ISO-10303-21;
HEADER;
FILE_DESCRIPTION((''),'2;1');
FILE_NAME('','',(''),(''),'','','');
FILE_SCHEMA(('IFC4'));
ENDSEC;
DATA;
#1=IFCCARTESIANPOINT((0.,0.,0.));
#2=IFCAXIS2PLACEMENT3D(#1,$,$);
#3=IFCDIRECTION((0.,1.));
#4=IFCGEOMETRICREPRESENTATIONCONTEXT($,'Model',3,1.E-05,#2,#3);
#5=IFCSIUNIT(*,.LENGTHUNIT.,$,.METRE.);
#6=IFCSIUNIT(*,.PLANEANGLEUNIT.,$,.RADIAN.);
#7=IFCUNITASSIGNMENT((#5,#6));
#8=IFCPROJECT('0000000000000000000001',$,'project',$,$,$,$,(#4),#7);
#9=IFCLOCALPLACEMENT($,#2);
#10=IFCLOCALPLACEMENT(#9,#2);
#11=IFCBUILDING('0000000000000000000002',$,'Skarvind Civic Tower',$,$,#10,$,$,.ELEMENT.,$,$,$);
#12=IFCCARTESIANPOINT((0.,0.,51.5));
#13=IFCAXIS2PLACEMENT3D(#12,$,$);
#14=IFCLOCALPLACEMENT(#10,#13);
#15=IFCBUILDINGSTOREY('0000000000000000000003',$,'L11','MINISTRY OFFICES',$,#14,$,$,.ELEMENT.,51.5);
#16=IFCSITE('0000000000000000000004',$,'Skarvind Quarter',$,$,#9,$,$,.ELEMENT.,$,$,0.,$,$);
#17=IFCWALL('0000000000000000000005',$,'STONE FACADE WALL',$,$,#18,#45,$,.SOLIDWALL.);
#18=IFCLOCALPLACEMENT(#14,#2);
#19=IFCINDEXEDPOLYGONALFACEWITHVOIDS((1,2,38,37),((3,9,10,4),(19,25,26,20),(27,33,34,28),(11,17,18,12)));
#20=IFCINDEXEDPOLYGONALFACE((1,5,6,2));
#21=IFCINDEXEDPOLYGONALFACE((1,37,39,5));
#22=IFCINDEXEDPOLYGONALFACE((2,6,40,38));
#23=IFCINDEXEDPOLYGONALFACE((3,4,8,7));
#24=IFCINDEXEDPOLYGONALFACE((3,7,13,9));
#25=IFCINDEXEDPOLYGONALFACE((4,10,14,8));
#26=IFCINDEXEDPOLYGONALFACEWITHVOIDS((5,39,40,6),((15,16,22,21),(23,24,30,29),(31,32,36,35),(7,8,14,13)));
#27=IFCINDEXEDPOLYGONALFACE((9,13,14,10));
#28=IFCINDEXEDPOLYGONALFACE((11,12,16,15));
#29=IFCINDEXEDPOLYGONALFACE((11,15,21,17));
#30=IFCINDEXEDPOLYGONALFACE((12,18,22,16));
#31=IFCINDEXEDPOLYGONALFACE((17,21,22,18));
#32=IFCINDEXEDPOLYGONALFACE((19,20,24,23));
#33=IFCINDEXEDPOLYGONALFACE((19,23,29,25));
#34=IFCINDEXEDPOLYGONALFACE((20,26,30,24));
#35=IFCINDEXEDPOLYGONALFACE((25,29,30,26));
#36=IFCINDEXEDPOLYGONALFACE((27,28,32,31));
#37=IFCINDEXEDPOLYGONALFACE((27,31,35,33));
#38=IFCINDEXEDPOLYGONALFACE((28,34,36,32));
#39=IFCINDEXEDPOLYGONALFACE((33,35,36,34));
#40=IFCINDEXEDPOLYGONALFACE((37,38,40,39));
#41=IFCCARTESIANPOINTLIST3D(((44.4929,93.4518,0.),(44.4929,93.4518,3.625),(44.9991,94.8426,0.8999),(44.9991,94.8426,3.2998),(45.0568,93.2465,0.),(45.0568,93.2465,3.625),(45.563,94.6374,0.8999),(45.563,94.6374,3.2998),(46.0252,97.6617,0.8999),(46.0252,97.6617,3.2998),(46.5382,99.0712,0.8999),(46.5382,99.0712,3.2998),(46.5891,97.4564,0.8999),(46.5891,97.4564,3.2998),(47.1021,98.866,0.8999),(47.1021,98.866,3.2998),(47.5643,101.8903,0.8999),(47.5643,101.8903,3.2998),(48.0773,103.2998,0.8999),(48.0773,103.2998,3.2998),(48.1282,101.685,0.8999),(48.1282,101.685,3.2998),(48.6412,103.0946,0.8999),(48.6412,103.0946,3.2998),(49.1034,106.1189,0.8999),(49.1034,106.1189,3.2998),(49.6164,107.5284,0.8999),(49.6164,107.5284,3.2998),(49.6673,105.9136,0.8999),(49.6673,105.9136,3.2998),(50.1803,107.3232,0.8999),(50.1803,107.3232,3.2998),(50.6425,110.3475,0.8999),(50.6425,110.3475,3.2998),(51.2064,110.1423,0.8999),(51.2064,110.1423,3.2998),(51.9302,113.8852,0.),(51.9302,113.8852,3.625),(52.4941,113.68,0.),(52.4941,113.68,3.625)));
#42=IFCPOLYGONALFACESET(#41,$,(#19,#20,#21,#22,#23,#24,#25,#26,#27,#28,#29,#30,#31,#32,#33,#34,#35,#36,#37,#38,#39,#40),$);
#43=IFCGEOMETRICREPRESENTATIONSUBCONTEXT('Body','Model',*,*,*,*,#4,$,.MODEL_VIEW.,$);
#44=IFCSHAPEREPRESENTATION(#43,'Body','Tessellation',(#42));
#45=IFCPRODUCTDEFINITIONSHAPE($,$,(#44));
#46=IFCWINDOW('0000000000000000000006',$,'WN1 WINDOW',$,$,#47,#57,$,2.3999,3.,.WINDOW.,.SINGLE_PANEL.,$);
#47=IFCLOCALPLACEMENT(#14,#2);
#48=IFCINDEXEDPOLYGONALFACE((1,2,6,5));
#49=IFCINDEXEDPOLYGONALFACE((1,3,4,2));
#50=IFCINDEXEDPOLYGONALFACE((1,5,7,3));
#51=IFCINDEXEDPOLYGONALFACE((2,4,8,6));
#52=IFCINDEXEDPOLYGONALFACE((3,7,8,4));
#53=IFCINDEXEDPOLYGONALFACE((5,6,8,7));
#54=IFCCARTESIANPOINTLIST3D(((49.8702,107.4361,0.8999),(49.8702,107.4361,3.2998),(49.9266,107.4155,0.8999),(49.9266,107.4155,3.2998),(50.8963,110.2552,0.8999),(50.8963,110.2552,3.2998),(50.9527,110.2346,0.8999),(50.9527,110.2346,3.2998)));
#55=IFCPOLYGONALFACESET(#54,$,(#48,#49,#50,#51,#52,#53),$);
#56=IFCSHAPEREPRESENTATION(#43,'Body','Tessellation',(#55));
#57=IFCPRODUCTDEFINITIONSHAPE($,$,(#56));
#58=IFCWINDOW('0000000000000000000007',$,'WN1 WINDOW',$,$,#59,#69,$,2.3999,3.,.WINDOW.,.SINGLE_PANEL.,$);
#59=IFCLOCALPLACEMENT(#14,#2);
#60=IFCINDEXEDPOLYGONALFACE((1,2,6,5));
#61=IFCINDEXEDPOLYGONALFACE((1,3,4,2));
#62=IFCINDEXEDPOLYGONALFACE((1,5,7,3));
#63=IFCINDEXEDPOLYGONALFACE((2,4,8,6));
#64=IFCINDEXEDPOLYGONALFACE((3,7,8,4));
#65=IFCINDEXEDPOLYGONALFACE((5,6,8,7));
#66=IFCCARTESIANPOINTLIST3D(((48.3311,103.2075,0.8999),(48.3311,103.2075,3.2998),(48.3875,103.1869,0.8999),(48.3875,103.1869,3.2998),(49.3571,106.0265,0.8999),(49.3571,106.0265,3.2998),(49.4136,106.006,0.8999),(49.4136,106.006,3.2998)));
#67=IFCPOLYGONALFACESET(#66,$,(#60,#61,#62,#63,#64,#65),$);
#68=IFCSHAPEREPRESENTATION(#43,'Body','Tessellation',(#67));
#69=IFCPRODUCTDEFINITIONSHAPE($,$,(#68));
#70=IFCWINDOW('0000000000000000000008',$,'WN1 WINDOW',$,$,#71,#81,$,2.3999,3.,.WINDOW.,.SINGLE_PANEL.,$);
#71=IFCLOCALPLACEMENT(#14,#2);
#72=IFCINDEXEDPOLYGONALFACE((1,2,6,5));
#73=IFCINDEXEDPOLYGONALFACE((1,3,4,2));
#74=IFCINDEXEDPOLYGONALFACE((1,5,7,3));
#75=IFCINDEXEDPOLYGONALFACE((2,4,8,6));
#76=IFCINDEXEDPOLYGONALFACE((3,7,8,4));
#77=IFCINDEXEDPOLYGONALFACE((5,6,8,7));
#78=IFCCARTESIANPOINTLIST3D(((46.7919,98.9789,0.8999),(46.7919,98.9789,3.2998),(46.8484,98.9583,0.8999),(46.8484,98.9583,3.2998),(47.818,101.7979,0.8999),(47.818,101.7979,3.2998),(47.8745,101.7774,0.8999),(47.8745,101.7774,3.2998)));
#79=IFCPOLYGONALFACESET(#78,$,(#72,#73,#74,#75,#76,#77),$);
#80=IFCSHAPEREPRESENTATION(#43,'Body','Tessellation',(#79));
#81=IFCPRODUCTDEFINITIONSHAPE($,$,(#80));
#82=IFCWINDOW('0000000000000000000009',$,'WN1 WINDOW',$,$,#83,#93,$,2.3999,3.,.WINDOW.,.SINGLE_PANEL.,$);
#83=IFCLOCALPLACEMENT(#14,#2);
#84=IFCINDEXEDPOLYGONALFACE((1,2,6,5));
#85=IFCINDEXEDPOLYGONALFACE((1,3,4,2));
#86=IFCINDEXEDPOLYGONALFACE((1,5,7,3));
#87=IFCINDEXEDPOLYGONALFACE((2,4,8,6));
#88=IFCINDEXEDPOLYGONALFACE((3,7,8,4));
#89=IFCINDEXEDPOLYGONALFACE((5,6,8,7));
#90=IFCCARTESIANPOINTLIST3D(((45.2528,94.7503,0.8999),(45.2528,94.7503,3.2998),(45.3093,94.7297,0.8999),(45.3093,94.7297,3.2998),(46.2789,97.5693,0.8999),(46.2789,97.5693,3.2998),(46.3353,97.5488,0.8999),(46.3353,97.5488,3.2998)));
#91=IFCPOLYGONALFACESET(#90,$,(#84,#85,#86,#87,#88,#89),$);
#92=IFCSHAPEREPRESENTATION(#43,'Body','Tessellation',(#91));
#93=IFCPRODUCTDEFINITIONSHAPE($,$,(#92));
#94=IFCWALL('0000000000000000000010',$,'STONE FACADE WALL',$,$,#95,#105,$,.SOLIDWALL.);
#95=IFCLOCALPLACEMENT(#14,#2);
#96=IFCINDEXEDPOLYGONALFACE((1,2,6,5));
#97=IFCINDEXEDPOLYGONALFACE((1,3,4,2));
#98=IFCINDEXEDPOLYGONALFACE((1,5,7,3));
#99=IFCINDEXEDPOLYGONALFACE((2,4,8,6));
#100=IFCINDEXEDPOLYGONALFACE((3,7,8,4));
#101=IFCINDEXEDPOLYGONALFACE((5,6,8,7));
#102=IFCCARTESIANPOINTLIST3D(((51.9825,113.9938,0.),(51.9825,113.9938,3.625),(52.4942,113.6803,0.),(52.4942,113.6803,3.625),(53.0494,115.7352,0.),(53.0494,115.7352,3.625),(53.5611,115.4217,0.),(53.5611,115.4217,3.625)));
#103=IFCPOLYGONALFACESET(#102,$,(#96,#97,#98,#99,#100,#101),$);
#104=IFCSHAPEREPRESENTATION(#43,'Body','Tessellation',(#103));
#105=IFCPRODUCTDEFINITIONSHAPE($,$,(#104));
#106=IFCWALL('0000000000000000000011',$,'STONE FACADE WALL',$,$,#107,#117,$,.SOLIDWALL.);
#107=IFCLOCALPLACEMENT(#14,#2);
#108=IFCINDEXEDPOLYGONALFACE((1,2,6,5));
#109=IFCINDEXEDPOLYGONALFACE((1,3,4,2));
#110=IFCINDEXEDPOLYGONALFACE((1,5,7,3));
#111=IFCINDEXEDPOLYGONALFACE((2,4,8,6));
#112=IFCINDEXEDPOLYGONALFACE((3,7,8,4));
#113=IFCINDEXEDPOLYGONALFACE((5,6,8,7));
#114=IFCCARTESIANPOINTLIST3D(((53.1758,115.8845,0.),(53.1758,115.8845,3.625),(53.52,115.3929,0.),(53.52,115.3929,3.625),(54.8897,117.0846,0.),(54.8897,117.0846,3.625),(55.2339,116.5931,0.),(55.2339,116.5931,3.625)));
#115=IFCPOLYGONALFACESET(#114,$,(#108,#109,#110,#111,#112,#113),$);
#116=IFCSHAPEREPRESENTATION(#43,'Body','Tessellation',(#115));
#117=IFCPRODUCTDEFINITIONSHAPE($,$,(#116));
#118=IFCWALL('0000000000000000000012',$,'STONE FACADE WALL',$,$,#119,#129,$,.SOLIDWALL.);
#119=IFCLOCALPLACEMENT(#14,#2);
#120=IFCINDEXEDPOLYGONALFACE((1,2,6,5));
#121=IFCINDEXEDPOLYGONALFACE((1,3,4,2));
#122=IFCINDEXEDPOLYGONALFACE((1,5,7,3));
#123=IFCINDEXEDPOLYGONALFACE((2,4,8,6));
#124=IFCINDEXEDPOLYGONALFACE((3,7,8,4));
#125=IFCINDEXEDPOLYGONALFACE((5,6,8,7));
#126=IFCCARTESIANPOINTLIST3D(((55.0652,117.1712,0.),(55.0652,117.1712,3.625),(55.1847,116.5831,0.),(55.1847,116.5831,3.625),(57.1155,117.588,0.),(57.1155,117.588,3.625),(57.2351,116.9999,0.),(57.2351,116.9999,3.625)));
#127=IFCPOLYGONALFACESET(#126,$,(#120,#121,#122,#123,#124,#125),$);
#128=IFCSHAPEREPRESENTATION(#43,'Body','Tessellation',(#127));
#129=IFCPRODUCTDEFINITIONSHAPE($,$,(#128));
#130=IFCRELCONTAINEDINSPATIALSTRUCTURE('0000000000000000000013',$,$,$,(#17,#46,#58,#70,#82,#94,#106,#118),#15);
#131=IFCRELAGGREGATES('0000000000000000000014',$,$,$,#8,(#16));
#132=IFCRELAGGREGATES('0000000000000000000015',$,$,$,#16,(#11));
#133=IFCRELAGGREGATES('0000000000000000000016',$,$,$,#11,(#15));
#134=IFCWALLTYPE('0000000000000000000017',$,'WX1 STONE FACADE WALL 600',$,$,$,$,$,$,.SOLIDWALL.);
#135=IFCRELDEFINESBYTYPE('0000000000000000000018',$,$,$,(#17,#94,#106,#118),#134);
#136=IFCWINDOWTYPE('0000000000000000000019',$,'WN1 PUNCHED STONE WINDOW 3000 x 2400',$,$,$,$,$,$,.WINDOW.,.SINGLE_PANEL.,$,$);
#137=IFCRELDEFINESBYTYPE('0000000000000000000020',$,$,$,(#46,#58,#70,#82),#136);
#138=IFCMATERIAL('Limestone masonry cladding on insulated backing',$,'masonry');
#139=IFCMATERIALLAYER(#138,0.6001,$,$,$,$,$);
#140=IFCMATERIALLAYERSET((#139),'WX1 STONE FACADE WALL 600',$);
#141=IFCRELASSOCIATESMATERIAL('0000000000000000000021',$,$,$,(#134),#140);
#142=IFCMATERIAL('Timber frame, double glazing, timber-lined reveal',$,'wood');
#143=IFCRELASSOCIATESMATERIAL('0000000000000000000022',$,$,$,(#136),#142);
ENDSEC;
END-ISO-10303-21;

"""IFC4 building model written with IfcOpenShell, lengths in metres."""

from ifc_helpers import new_model, si_unit, direction, frame, frame_2d, origin, place, context, subcontext, project, spatial, rectangle, extrude, material, layer, layer_set, type_object, element, fill, save


model = new_model("IFC4")

# Units and contexts
model_context = context("Model", 3, precision=1e-05, world=origin(), true_north=direction((0.0, 1.0)))
body_context = subcontext(model_context, "Body", "Model", "MODEL_VIEW")
ifc_project = project(units=[si_unit("LENGTHUNIT", "METRE"), si_unit("PLANEANGLEUNIT", "RADIAN")], contexts=[model_context])

# Site, building, storey
site_placement = place(None, origin())
site = spatial("IfcSite", under=ifc_project, at=site_placement, Name="Skarvind Quarter", CompositionType="ELEMENT", RefElevation=0.0)
building_placement = place(site_placement, origin())
building = spatial("IfcBuilding", under=site, at=building_placement, Name="Skarvind Civic Tower", CompositionType="ELEMENT")
storey_placement = place(building_placement, frame((0.0, 0.0, 51.5)))
storey = spatial("IfcBuildingStorey", under=building, at=storey_placement, Name="L11", Description="MINISTRY OFFICES", CompositionType="ELEMENT", Elevation=51.5)

# Wall, openings, windows
ifc_material_1 = material(Name="Limestone masonry cladding on insulated backing", Category="masonry")
ifc_layer_1 = layer(ifc_material_1, 0.6001)
ifc_layer_set_1 = layer_set([ifc_layer_1], Name="WX1 STONE FACADE WALL 600")
wall_type_1 = type_object("IfcWallType", Name="WX1 STONE FACADE WALL 600", PredefinedType="SOLIDWALL", material=ifc_layer_set_1)
wall_1_placement = place(storey_placement, frame((52.2122, 113.7827, 0.0), z_axis=(0.0, 0.0, 1.0), x_axis=(-0.342025, -0.939691, 0.0)))
wall_1 = element("IfcWall", 1, at=wall_1_placement, inside=storey, type_object=wall_type_1, Name="STONE FACADE WALL", PredefinedType="SOLIDWALL", context=body_context, shape_type="SweptSolid", body=[
    extrude(rectangle(XDim=21.7449, YDim=0.6001, at=frame_2d((10.8726, 0.0))), origin(), (0.0, 0.0, 1.0), 3.625),
])
opening_1_placement = place(wall_1_placement, frame((3.7649, 0.0, 0.8999)))
opening_1 = element("IfcOpeningElement", 2, at=opening_1_placement, cuts=wall_1, PredefinedType="OPENING", context=body_context, shape_type="SweptSolid", body=[
    extrude(rectangle(XDim=3.0, YDim=2.3999, at=frame_2d((1.5, 1.2))), frame((0.0, 0.3101, 0.0), z_axis=(0.0, -1.0, 0.0), x_axis=(1.0, 0.0, 0.0)), (0.0, 0.0, 1.0), 0.6201),
])
opening_2_placement = place(wall_1_placement, frame((8.2649, 0.0, 0.8999)))
opening_2 = element("IfcOpeningElement", 3, at=opening_2_placement, cuts=wall_1, PredefinedType="OPENING", context=body_context, shape_type="SweptSolid", body=[
    extrude(rectangle(XDim=3.0, YDim=2.3999, at=frame_2d((1.5, 1.2))), frame((0.0, 0.3101, 0.0), z_axis=(0.0, -1.0, 0.0), x_axis=(1.0, 0.0, 0.0)), (0.0, 0.0, 1.0), 0.6201),
])
opening_3_placement = place(wall_1_placement, frame((12.7649, 0.0, 0.8999)))
opening_3 = element("IfcOpeningElement", 4, at=opening_3_placement, cuts=wall_1, PredefinedType="OPENING", context=body_context, shape_type="SweptSolid", body=[
    extrude(rectangle(XDim=3.0, YDim=2.3999, at=frame_2d((1.5, 1.2))), frame((0.0, 0.3101, 0.0), z_axis=(0.0, -1.0, 0.0), x_axis=(1.0, 0.0, 0.0)), (0.0, 0.0, 1.0), 0.6201),
])
opening_4_placement = place(wall_1_placement, frame((17.2649, 0.0, 0.8999)))
opening_4 = element("IfcOpeningElement", 5, at=opening_4_placement, cuts=wall_1, PredefinedType="OPENING", context=body_context, shape_type="SweptSolid", body=[
    extrude(rectangle(XDim=3.0, YDim=2.3999, at=frame_2d((1.5, 1.2))), frame((0.0, 0.3101, 0.0), z_axis=(0.0, -1.0, 0.0), x_axis=(1.0, 0.0, 0.0)), (0.0, 0.0, 1.0), 0.6201),
])
ifc_material_2 = material(Name="Timber frame, double glazing, timber-lined reveal", Category="wood")
window_type = type_object("IfcWindowType", Name="WN1 PUNCHED STONE WINDOW 3000 x 2400", PartitioningType="SINGLE_PANEL", PredefinedType="WINDOW", material=ifc_material_2)
window_1_placement = place(opening_1_placement, origin())
window_1 = element("IfcWindow", 6, at=window_1_placement, inside=storey, type_object=window_type, Name="WN1 WINDOW", OverallHeight=2.3999, OverallWidth=3.0, PartitioningType="SINGLE_PANEL", PredefinedType="WINDOW", context=body_context, shape_type="SweptSolid", body=[
    extrude(rectangle(XDim=3.0, YDim=2.3999, at=frame_2d((1.5, 1.2))), frame((0.0, 0.03, 0.0), z_axis=(0.0, -1.0, 0.0), x_axis=(1.0, 0.0, 0.0)), (0.0, 0.0, 1.0), 0.0601),
])
fill(opening_1, window_1)
window_2_placement = place(opening_2_placement, origin())
window_2 = element("IfcWindow", 7, at=window_2_placement, inside=storey, type_object=window_type, Name="WN1 WINDOW", OverallHeight=2.3999, OverallWidth=3.0, PartitioningType="SINGLE_PANEL", PredefinedType="WINDOW", context=body_context, shape_type="SweptSolid", body=[
    extrude(rectangle(XDim=3.0, YDim=2.3999, at=frame_2d((1.5, 1.2))), frame((0.0, 0.03, 0.0), z_axis=(0.0, -1.0, 0.0), x_axis=(1.0, 0.0, 0.0)), (0.0, 0.0, 1.0), 0.0601),
])
fill(opening_2, window_2)
window_3_placement = place(opening_3_placement, origin())
window_3 = element("IfcWindow", 8, at=window_3_placement, inside=storey, type_object=window_type, Name="WN1 WINDOW", OverallHeight=2.3999, OverallWidth=3.0, PartitioningType="SINGLE_PANEL", PredefinedType="WINDOW", context=body_context, shape_type="SweptSolid", body=[
    extrude(rectangle(XDim=3.0, YDim=2.3999, at=frame_2d((1.5, 1.2))), frame((0.0, 0.03, 0.0), z_axis=(0.0, -1.0, 0.0), x_axis=(1.0, 0.0, 0.0)), (0.0, 0.0, 1.0), 0.0601),
])
fill(opening_3, window_3)
window_4_placement = place(opening_4_placement, origin())
window_4 = element("IfcWindow", 9, at=window_4_placement, inside=storey, type_object=window_type, Name="WN1 WINDOW", OverallHeight=2.3999, OverallWidth=3.0, PartitioningType="SINGLE_PANEL", PredefinedType="WINDOW", context=body_context, shape_type="SweptSolid", body=[
    extrude(rectangle(XDim=3.0, YDim=2.3999, at=frame_2d((1.5, 1.2))), frame((0.0, 0.03, 0.0), z_axis=(0.0, -1.0, 0.0), x_axis=(1.0, 0.0, 0.0)), (0.0, 0.0, 1.0), 0.0601),
])
fill(opening_4, window_4)

# Walls
wall_2_placement = place(storey_placement, frame((53.3052, 115.5784, 0.0), z_axis=(0.0, 0.0, 1.0), x_axis=(-0.522402, -0.852699, 0.0)))
element("IfcWall", 10, at=wall_2_placement, inside=storey, type_object=wall_type_1, Name="STONE FACADE WALL", PredefinedType="SOLIDWALL", context=body_context, shape_type="SweptSolid", body=[
    extrude(rectangle(XDim=2.0422, YDim=0.6001, at=frame_2d((1.021, 0.0))), origin(), (0.0, 0.0, 1.0), 3.625),
])
for number, where, z_axis, x_axis, name in (
    (11, (55.0618, 116.8389, 0.0), (0.0, 0.0, 1.0), (-0.819122, -0.573619, 0.0), "STONE FACADE WALL"),
    (12, (57.1753, 117.2939, 0.0), (0.0, 0.0, 1.0), (-0.979961, -0.199189, 0.0), "STONE FACADE WALL"),
):
    element("IfcWall", number, at=place(storey_placement, frame(where, z_axis=z_axis, x_axis=x_axis)), inside=storey, type_object=wall_type_1, Name=name, PredefinedType="SOLIDWALL", context=body_context, shape_type="SweptSolid", body=[
        extrude(rectangle(XDim=2.0923, YDim=0.6001, at=frame_2d((1.0461, 0.0))), origin(), (0.0, 0.0, 1.0), 3.625),
    ])

save(model, "model.ifc")
